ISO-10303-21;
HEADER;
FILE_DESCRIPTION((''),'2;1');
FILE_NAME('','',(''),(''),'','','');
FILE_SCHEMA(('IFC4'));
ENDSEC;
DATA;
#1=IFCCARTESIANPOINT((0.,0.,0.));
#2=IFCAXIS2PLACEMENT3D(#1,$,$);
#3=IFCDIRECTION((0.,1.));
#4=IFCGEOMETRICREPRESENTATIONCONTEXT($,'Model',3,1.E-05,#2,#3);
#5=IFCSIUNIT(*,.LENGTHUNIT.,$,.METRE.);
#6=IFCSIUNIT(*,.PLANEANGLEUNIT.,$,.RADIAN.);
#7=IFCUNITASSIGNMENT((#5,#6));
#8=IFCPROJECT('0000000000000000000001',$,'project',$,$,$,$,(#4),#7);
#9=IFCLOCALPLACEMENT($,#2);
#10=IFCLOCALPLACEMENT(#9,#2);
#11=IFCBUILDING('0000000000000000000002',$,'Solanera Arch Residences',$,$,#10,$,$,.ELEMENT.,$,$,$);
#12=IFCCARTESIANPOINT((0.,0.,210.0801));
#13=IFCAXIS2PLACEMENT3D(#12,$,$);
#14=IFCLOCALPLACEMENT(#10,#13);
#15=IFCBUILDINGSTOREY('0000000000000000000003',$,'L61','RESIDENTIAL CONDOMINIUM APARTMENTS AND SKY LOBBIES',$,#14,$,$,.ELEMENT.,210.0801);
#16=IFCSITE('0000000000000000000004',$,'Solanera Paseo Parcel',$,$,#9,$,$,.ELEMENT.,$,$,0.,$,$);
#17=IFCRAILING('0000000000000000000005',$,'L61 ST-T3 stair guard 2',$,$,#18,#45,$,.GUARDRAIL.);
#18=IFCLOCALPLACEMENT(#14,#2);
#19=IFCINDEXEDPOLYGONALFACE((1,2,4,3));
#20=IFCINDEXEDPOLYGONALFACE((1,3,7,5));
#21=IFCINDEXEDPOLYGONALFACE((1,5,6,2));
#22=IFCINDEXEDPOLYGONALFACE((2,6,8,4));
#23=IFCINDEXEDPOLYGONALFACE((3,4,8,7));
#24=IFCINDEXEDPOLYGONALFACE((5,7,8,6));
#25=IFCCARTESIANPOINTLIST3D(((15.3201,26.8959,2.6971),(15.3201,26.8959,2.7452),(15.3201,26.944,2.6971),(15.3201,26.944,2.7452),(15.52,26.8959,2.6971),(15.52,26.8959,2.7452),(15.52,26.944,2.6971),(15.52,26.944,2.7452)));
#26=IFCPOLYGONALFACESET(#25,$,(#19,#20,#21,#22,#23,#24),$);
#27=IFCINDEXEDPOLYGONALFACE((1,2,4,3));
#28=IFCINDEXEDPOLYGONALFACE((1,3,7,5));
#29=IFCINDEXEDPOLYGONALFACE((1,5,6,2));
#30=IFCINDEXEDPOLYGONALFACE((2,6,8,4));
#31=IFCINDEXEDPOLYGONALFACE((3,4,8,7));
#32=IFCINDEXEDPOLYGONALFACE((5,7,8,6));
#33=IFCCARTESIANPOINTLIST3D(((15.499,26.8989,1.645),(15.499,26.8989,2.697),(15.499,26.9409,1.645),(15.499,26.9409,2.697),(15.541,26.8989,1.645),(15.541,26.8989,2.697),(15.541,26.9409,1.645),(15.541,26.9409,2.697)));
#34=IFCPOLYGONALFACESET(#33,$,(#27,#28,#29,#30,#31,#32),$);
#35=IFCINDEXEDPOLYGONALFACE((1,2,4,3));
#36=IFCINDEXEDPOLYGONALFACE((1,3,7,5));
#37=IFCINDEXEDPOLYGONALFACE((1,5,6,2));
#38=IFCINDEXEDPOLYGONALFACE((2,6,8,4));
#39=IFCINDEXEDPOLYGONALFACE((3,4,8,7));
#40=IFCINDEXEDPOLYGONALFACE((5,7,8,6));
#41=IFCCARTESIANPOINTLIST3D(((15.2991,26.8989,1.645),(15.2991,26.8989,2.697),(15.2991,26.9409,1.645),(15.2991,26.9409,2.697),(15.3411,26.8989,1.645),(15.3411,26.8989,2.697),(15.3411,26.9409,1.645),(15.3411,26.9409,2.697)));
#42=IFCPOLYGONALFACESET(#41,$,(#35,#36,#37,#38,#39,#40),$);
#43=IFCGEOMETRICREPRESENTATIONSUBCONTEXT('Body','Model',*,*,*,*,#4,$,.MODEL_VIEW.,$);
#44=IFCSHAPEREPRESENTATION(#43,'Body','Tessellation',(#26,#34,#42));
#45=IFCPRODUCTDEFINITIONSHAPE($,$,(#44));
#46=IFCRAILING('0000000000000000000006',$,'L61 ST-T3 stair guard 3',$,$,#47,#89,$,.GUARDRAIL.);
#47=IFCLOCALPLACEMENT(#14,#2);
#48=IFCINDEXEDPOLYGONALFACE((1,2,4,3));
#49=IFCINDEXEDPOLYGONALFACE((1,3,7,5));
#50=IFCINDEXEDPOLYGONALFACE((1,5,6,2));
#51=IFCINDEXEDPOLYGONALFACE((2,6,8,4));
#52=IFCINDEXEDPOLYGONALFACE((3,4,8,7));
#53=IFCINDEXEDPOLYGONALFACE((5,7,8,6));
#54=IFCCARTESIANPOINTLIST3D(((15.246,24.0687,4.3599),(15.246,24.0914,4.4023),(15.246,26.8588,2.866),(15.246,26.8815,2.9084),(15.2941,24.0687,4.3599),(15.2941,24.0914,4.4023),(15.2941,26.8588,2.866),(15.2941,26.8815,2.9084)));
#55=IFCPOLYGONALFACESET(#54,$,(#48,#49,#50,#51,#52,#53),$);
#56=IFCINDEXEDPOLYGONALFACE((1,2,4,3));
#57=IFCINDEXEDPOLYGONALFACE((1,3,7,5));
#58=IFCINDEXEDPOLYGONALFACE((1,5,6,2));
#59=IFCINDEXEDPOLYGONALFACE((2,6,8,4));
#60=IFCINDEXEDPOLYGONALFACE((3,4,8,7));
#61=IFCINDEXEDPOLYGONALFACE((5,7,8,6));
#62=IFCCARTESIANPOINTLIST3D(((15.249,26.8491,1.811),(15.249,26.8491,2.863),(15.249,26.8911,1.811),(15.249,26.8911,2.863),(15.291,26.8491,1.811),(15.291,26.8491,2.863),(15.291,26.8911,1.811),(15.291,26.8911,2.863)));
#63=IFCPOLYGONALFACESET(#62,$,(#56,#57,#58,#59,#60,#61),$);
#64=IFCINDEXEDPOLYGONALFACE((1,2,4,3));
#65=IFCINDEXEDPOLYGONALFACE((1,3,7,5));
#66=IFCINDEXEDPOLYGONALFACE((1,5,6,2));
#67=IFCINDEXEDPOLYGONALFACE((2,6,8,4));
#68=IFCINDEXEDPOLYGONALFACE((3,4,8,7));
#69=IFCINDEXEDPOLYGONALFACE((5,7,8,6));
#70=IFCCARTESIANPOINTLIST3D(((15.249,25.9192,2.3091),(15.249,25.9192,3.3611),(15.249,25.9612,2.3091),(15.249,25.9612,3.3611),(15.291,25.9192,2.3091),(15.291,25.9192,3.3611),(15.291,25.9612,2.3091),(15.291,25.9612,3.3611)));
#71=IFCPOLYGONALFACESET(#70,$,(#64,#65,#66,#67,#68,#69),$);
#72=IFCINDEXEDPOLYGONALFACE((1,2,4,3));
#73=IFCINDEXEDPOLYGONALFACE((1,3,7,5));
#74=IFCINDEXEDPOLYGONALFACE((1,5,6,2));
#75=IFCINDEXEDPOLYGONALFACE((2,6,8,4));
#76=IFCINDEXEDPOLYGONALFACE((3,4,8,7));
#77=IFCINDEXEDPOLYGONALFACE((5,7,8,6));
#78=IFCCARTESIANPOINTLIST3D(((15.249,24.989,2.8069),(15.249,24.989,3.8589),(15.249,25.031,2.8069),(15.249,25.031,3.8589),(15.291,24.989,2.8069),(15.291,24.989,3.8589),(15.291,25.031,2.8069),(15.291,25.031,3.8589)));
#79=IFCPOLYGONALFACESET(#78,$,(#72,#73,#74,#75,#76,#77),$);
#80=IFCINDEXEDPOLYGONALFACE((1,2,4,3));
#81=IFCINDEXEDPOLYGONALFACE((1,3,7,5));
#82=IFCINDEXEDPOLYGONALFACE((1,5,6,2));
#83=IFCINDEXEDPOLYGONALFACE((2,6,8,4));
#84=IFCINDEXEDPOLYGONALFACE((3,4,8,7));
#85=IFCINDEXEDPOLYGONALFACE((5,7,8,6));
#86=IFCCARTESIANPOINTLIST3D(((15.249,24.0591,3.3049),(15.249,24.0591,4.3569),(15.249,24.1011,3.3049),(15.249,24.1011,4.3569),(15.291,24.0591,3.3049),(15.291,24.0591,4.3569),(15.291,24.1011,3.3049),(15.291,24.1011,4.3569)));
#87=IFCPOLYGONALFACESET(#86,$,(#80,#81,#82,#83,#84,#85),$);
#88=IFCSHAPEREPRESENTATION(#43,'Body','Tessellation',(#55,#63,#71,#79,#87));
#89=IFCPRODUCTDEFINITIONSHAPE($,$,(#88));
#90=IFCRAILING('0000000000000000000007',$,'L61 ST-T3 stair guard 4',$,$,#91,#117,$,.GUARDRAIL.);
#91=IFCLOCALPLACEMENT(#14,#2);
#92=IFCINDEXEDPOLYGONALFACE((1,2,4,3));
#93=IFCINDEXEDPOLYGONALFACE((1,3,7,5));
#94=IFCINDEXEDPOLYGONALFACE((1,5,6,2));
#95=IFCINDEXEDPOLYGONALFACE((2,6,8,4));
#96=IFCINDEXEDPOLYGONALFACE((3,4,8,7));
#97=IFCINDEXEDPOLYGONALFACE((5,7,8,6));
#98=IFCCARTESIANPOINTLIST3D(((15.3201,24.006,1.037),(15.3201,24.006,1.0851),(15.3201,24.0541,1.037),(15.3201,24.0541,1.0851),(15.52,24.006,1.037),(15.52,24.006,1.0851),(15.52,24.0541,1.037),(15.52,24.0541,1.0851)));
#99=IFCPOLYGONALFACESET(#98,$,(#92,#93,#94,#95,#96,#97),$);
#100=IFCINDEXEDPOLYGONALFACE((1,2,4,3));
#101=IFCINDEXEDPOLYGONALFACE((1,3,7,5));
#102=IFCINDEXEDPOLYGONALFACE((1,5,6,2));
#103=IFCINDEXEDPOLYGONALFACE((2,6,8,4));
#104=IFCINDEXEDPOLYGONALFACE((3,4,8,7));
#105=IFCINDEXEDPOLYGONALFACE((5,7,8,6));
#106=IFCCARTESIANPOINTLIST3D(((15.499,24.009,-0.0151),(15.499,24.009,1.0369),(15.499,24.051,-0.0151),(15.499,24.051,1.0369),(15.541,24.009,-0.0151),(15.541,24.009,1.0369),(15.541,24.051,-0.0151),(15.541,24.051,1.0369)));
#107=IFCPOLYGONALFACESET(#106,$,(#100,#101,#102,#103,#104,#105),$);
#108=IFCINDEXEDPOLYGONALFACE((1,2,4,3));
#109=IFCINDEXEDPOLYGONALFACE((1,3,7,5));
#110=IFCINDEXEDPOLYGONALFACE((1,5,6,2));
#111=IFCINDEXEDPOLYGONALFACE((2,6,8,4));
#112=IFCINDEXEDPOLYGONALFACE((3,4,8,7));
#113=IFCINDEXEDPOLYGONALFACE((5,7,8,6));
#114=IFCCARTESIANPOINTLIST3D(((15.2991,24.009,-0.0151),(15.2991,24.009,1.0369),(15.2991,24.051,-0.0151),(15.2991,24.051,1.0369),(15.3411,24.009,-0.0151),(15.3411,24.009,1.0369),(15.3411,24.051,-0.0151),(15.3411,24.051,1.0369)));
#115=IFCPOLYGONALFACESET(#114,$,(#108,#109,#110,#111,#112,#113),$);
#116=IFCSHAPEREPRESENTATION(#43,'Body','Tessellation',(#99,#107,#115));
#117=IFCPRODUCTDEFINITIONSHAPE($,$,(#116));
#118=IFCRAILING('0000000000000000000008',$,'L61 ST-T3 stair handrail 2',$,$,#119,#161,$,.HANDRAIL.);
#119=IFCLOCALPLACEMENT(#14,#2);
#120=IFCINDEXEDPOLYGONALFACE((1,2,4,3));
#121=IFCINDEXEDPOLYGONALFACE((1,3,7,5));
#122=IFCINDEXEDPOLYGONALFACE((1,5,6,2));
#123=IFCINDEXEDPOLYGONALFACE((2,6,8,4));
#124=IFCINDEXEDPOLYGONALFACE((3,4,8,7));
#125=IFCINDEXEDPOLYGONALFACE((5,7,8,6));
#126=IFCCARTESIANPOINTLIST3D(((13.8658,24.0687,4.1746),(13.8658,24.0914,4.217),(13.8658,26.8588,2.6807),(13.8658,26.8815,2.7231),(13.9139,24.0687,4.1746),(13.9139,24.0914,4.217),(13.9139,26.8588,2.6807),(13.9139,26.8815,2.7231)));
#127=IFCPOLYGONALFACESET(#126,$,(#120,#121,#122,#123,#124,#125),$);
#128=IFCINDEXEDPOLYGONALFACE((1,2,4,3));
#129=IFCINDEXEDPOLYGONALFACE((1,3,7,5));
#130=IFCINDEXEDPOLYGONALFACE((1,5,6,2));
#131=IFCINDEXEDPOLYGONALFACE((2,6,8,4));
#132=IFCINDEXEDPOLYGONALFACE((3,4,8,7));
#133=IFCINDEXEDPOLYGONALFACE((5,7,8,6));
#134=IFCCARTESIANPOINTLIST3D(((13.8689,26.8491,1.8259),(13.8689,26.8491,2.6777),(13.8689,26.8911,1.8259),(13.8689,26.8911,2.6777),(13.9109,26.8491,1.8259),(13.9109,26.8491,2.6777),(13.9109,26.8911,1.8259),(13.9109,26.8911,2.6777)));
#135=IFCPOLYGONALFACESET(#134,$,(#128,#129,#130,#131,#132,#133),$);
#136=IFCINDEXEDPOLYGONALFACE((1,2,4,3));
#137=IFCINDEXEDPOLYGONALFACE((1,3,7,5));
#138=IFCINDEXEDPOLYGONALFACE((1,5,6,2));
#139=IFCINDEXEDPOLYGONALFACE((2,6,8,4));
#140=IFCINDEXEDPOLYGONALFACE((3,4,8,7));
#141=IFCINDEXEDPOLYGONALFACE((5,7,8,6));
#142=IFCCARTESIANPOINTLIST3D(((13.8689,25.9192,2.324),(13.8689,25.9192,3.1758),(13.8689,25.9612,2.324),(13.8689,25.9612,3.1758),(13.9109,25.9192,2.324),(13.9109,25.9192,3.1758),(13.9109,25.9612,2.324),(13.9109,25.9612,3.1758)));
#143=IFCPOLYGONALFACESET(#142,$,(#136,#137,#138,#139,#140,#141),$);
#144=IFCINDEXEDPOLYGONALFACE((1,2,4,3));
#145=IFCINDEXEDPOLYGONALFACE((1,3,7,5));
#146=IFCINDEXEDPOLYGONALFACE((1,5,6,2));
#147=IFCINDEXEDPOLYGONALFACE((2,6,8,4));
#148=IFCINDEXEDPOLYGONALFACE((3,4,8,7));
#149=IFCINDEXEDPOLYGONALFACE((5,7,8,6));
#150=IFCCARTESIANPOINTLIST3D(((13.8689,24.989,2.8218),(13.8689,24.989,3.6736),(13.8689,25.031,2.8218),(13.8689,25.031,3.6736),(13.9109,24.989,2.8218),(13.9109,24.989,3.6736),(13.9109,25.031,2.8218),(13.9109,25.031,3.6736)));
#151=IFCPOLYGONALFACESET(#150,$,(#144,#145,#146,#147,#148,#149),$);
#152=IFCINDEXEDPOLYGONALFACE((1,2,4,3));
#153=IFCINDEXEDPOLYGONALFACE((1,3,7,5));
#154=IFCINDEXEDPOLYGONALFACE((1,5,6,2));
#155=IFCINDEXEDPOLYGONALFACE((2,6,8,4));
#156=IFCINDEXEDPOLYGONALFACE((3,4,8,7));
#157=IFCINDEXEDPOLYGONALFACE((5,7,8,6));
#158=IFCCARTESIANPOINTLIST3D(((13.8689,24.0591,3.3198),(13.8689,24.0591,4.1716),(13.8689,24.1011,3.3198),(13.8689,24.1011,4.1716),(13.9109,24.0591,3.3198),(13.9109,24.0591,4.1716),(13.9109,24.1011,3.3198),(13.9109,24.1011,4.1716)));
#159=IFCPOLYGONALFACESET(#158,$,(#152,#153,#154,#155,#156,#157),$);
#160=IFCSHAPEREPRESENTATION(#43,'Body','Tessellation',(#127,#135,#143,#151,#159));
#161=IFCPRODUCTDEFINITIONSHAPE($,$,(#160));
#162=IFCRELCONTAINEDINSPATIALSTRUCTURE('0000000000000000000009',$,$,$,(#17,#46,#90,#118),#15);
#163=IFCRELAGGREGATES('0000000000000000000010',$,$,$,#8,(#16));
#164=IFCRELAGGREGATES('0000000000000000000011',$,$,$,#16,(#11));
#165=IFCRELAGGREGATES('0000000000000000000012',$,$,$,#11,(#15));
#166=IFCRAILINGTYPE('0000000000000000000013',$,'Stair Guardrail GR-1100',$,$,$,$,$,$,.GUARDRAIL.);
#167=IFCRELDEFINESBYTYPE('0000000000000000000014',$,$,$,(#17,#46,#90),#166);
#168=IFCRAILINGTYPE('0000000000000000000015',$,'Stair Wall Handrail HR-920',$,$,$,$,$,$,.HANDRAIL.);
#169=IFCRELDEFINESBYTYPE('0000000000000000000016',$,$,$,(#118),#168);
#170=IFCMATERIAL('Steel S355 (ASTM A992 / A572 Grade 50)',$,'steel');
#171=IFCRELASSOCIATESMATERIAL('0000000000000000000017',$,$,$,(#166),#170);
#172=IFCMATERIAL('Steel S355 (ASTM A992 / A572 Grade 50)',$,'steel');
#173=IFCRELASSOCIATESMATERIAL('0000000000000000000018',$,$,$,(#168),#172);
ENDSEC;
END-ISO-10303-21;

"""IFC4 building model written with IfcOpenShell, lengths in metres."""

from ifc_helpers import new_model, si_unit, direction, frame, origin, origin_2d, place, context, subcontext, project, spatial, rectangle, extrude, material, type_object, element, save


model = new_model("IFC4")

# Units and contexts
model_context = context("Model", 3, precision=1e-05, world=origin(), true_north=direction((0.0, 1.0)))
body_context = subcontext(model_context, "Body", "Model", "MODEL_VIEW")
ifc_project = project(units=[si_unit("LENGTHUNIT", "METRE"), si_unit("PLANEANGLEUNIT", "RADIAN")], contexts=[model_context])

# Site, building, storey
site_placement = place(None, origin())
site = spatial("IfcSite", under=ifc_project, at=site_placement, Name="Solanera Paseo Parcel", CompositionType="ELEMENT", RefElevation=0.0)
building_placement = place(site_placement, origin())
building = spatial("IfcBuilding", under=site, at=building_placement, Name="Solanera Arch Residences", CompositionType="ELEMENT")
storey_placement = place(building_placement, frame((0.0, 0.0, 210.0801)))
storey = spatial("IfcBuildingStorey", under=building, at=storey_placement, Name="L61", Description="RESIDENTIAL CONDOMINIUM APARTMENTS AND SKY LOBBIES", CompositionType="ELEMENT", Elevation=210.0801)

# Railings
ifc_material_1 = material(Name="Steel S355 (ASTM A992 / A572 Grade 50)", Category="steel")
railing_type_1 = type_object("IfcRailingType", Name="Stair Guardrail GR-1100", PredefinedType="GUARDRAIL", material=ifc_material_1)
railing_1_placement = place(storey_placement, frame((15.52, 26.9199, 1.645)))
element("IfcRailing", 1, at=railing_1_placement, inside=storey, type_object=railing_type_1, Name="L61 ST-T3 stair guard 2", PredefinedType="GUARDRAIL", context=body_context, shape_type="SweptSolid", body=[
    extrude(rectangle(XDim=0.0481, YDim=0.0481, at=origin_2d()), frame((0.0, 0.0, 1.0762), z_axis=(-1.0, 0.0, 0.0), x_axis=(0.0, -1.0, 0.0)), (0.0, 0.0, 1.0), 0.2),
    extrude(rectangle(XDim=0.042, YDim=0.042, at=origin_2d()), origin(), (0.0, 0.0, 1.0), 1.052),
    extrude(rectangle(XDim=0.042, YDim=0.042, at=origin_2d()), frame((-0.2, 0.0, 0.0)), (0.0, 0.0, 1.0), 1.052),
])
railing_2_placement = place(storey_placement, frame((15.27, 26.8701, 1.811)))
element("IfcRailing", 2, at=railing_2_placement, inside=storey, type_object=railing_type_1, Name="L61 ST-T3 stair guard 3", PredefinedType="GUARDRAIL", context=body_context, shape_type="SweptSolid", body=[
    extrude(rectangle(XDim=0.0481, YDim=0.0481, at=origin_2d()), frame((0.0, 0.0, 1.0762), z_axis=(0.0, -0.881581, 0.472033), x_axis=(1.0, 0.0, 0.0)), (0.0, 0.0, 1.0), 3.1648),
    extrude(rectangle(XDim=0.042, YDim=0.042, at=origin_2d()), origin(), (0.0, 0.0, 1.0), 1.052),
    extrude(rectangle(XDim=0.042, YDim=0.042, at=origin_2d()), frame((0.0, -0.9299, 0.498)), (0.0, 0.0, 1.0), 1.052),
    extrude(rectangle(XDim=0.042, YDim=0.042, at=origin_2d()), frame((0.0, -1.8601, 0.9958)), (0.0, 0.0, 1.0), 1.052),
    extrude(rectangle(XDim=0.042, YDim=0.042, at=origin_2d()), frame((0.0, -2.79, 1.4939)), (0.0, 0.0, 1.0), 1.052),
])
railing_3_placement = place(storey_placement, frame((15.52, 24.03, -0.0151)))
element("IfcRailing", 3, at=railing_3_placement, inside=storey, type_object=railing_type_1, Name="L61 ST-T3 stair guard 4", PredefinedType="GUARDRAIL", context=body_context, shape_type="SweptSolid", body=[
    extrude(rectangle(XDim=0.0481, YDim=0.0481, at=origin_2d()), frame((0.0, 0.0, 1.0762), z_axis=(-1.0, 0.0, 0.0), x_axis=(0.0, -1.0, 0.0)), (0.0, 0.0, 1.0), 0.2),
    extrude(rectangle(XDim=0.042, YDim=0.042, at=origin_2d()), origin(), (0.0, 0.0, 1.0), 1.052),
    extrude(rectangle(XDim=0.042, YDim=0.042, at=origin_2d()), frame((-0.2, 0.0, 0.0)), (0.0, 0.0, 1.0), 1.052),
])
ifc_material_2 = material(Name="Steel S355 (ASTM A992 / A572 Grade 50)", Category="steel")
railing_type_2 = type_object("IfcRailingType", Name="Stair Wall Handrail HR-920", PredefinedType="HANDRAIL", material=ifc_material_2)
railing_4_placement = place(storey_placement, frame((13.8899, 26.8701, 1.8259)))
element("IfcRailing", 4, at=railing_4_placement, inside=storey, type_object=railing_type_2, Name="L61 ST-T3 stair handrail 2", PredefinedType="HANDRAIL", context=body_context, shape_type="SweptSolid", body=[
    extrude(rectangle(XDim=0.0481, YDim=0.0481, at=origin_2d()), frame((0.0, 0.0, 0.876), z_axis=(0.0, -0.881581, 0.472033), x_axis=(1.0, 0.0, 0.0)), (0.0, 0.0, 1.0), 3.1648),
    extrude(rectangle(XDim=0.042, YDim=0.042, at=origin_2d()), origin(), (0.0, 0.0, 1.0), 0.8518),
    extrude(rectangle(XDim=0.042, YDim=0.042, at=origin_2d()), frame((0.0, -0.9299, 0.498)), (0.0, 0.0, 1.0), 0.8518),
    extrude(rectangle(XDim=0.042, YDim=0.042, at=origin_2d()), frame((0.0, -1.8601, 0.9958)), (0.0, 0.0, 1.0), 0.8518),
    extrude(rectangle(XDim=0.042, YDim=0.042, at=origin_2d()), frame((0.0, -2.79, 1.4939)), (0.0, 0.0, 1.0), 0.8518),
])

save(model, "model.ifc")
